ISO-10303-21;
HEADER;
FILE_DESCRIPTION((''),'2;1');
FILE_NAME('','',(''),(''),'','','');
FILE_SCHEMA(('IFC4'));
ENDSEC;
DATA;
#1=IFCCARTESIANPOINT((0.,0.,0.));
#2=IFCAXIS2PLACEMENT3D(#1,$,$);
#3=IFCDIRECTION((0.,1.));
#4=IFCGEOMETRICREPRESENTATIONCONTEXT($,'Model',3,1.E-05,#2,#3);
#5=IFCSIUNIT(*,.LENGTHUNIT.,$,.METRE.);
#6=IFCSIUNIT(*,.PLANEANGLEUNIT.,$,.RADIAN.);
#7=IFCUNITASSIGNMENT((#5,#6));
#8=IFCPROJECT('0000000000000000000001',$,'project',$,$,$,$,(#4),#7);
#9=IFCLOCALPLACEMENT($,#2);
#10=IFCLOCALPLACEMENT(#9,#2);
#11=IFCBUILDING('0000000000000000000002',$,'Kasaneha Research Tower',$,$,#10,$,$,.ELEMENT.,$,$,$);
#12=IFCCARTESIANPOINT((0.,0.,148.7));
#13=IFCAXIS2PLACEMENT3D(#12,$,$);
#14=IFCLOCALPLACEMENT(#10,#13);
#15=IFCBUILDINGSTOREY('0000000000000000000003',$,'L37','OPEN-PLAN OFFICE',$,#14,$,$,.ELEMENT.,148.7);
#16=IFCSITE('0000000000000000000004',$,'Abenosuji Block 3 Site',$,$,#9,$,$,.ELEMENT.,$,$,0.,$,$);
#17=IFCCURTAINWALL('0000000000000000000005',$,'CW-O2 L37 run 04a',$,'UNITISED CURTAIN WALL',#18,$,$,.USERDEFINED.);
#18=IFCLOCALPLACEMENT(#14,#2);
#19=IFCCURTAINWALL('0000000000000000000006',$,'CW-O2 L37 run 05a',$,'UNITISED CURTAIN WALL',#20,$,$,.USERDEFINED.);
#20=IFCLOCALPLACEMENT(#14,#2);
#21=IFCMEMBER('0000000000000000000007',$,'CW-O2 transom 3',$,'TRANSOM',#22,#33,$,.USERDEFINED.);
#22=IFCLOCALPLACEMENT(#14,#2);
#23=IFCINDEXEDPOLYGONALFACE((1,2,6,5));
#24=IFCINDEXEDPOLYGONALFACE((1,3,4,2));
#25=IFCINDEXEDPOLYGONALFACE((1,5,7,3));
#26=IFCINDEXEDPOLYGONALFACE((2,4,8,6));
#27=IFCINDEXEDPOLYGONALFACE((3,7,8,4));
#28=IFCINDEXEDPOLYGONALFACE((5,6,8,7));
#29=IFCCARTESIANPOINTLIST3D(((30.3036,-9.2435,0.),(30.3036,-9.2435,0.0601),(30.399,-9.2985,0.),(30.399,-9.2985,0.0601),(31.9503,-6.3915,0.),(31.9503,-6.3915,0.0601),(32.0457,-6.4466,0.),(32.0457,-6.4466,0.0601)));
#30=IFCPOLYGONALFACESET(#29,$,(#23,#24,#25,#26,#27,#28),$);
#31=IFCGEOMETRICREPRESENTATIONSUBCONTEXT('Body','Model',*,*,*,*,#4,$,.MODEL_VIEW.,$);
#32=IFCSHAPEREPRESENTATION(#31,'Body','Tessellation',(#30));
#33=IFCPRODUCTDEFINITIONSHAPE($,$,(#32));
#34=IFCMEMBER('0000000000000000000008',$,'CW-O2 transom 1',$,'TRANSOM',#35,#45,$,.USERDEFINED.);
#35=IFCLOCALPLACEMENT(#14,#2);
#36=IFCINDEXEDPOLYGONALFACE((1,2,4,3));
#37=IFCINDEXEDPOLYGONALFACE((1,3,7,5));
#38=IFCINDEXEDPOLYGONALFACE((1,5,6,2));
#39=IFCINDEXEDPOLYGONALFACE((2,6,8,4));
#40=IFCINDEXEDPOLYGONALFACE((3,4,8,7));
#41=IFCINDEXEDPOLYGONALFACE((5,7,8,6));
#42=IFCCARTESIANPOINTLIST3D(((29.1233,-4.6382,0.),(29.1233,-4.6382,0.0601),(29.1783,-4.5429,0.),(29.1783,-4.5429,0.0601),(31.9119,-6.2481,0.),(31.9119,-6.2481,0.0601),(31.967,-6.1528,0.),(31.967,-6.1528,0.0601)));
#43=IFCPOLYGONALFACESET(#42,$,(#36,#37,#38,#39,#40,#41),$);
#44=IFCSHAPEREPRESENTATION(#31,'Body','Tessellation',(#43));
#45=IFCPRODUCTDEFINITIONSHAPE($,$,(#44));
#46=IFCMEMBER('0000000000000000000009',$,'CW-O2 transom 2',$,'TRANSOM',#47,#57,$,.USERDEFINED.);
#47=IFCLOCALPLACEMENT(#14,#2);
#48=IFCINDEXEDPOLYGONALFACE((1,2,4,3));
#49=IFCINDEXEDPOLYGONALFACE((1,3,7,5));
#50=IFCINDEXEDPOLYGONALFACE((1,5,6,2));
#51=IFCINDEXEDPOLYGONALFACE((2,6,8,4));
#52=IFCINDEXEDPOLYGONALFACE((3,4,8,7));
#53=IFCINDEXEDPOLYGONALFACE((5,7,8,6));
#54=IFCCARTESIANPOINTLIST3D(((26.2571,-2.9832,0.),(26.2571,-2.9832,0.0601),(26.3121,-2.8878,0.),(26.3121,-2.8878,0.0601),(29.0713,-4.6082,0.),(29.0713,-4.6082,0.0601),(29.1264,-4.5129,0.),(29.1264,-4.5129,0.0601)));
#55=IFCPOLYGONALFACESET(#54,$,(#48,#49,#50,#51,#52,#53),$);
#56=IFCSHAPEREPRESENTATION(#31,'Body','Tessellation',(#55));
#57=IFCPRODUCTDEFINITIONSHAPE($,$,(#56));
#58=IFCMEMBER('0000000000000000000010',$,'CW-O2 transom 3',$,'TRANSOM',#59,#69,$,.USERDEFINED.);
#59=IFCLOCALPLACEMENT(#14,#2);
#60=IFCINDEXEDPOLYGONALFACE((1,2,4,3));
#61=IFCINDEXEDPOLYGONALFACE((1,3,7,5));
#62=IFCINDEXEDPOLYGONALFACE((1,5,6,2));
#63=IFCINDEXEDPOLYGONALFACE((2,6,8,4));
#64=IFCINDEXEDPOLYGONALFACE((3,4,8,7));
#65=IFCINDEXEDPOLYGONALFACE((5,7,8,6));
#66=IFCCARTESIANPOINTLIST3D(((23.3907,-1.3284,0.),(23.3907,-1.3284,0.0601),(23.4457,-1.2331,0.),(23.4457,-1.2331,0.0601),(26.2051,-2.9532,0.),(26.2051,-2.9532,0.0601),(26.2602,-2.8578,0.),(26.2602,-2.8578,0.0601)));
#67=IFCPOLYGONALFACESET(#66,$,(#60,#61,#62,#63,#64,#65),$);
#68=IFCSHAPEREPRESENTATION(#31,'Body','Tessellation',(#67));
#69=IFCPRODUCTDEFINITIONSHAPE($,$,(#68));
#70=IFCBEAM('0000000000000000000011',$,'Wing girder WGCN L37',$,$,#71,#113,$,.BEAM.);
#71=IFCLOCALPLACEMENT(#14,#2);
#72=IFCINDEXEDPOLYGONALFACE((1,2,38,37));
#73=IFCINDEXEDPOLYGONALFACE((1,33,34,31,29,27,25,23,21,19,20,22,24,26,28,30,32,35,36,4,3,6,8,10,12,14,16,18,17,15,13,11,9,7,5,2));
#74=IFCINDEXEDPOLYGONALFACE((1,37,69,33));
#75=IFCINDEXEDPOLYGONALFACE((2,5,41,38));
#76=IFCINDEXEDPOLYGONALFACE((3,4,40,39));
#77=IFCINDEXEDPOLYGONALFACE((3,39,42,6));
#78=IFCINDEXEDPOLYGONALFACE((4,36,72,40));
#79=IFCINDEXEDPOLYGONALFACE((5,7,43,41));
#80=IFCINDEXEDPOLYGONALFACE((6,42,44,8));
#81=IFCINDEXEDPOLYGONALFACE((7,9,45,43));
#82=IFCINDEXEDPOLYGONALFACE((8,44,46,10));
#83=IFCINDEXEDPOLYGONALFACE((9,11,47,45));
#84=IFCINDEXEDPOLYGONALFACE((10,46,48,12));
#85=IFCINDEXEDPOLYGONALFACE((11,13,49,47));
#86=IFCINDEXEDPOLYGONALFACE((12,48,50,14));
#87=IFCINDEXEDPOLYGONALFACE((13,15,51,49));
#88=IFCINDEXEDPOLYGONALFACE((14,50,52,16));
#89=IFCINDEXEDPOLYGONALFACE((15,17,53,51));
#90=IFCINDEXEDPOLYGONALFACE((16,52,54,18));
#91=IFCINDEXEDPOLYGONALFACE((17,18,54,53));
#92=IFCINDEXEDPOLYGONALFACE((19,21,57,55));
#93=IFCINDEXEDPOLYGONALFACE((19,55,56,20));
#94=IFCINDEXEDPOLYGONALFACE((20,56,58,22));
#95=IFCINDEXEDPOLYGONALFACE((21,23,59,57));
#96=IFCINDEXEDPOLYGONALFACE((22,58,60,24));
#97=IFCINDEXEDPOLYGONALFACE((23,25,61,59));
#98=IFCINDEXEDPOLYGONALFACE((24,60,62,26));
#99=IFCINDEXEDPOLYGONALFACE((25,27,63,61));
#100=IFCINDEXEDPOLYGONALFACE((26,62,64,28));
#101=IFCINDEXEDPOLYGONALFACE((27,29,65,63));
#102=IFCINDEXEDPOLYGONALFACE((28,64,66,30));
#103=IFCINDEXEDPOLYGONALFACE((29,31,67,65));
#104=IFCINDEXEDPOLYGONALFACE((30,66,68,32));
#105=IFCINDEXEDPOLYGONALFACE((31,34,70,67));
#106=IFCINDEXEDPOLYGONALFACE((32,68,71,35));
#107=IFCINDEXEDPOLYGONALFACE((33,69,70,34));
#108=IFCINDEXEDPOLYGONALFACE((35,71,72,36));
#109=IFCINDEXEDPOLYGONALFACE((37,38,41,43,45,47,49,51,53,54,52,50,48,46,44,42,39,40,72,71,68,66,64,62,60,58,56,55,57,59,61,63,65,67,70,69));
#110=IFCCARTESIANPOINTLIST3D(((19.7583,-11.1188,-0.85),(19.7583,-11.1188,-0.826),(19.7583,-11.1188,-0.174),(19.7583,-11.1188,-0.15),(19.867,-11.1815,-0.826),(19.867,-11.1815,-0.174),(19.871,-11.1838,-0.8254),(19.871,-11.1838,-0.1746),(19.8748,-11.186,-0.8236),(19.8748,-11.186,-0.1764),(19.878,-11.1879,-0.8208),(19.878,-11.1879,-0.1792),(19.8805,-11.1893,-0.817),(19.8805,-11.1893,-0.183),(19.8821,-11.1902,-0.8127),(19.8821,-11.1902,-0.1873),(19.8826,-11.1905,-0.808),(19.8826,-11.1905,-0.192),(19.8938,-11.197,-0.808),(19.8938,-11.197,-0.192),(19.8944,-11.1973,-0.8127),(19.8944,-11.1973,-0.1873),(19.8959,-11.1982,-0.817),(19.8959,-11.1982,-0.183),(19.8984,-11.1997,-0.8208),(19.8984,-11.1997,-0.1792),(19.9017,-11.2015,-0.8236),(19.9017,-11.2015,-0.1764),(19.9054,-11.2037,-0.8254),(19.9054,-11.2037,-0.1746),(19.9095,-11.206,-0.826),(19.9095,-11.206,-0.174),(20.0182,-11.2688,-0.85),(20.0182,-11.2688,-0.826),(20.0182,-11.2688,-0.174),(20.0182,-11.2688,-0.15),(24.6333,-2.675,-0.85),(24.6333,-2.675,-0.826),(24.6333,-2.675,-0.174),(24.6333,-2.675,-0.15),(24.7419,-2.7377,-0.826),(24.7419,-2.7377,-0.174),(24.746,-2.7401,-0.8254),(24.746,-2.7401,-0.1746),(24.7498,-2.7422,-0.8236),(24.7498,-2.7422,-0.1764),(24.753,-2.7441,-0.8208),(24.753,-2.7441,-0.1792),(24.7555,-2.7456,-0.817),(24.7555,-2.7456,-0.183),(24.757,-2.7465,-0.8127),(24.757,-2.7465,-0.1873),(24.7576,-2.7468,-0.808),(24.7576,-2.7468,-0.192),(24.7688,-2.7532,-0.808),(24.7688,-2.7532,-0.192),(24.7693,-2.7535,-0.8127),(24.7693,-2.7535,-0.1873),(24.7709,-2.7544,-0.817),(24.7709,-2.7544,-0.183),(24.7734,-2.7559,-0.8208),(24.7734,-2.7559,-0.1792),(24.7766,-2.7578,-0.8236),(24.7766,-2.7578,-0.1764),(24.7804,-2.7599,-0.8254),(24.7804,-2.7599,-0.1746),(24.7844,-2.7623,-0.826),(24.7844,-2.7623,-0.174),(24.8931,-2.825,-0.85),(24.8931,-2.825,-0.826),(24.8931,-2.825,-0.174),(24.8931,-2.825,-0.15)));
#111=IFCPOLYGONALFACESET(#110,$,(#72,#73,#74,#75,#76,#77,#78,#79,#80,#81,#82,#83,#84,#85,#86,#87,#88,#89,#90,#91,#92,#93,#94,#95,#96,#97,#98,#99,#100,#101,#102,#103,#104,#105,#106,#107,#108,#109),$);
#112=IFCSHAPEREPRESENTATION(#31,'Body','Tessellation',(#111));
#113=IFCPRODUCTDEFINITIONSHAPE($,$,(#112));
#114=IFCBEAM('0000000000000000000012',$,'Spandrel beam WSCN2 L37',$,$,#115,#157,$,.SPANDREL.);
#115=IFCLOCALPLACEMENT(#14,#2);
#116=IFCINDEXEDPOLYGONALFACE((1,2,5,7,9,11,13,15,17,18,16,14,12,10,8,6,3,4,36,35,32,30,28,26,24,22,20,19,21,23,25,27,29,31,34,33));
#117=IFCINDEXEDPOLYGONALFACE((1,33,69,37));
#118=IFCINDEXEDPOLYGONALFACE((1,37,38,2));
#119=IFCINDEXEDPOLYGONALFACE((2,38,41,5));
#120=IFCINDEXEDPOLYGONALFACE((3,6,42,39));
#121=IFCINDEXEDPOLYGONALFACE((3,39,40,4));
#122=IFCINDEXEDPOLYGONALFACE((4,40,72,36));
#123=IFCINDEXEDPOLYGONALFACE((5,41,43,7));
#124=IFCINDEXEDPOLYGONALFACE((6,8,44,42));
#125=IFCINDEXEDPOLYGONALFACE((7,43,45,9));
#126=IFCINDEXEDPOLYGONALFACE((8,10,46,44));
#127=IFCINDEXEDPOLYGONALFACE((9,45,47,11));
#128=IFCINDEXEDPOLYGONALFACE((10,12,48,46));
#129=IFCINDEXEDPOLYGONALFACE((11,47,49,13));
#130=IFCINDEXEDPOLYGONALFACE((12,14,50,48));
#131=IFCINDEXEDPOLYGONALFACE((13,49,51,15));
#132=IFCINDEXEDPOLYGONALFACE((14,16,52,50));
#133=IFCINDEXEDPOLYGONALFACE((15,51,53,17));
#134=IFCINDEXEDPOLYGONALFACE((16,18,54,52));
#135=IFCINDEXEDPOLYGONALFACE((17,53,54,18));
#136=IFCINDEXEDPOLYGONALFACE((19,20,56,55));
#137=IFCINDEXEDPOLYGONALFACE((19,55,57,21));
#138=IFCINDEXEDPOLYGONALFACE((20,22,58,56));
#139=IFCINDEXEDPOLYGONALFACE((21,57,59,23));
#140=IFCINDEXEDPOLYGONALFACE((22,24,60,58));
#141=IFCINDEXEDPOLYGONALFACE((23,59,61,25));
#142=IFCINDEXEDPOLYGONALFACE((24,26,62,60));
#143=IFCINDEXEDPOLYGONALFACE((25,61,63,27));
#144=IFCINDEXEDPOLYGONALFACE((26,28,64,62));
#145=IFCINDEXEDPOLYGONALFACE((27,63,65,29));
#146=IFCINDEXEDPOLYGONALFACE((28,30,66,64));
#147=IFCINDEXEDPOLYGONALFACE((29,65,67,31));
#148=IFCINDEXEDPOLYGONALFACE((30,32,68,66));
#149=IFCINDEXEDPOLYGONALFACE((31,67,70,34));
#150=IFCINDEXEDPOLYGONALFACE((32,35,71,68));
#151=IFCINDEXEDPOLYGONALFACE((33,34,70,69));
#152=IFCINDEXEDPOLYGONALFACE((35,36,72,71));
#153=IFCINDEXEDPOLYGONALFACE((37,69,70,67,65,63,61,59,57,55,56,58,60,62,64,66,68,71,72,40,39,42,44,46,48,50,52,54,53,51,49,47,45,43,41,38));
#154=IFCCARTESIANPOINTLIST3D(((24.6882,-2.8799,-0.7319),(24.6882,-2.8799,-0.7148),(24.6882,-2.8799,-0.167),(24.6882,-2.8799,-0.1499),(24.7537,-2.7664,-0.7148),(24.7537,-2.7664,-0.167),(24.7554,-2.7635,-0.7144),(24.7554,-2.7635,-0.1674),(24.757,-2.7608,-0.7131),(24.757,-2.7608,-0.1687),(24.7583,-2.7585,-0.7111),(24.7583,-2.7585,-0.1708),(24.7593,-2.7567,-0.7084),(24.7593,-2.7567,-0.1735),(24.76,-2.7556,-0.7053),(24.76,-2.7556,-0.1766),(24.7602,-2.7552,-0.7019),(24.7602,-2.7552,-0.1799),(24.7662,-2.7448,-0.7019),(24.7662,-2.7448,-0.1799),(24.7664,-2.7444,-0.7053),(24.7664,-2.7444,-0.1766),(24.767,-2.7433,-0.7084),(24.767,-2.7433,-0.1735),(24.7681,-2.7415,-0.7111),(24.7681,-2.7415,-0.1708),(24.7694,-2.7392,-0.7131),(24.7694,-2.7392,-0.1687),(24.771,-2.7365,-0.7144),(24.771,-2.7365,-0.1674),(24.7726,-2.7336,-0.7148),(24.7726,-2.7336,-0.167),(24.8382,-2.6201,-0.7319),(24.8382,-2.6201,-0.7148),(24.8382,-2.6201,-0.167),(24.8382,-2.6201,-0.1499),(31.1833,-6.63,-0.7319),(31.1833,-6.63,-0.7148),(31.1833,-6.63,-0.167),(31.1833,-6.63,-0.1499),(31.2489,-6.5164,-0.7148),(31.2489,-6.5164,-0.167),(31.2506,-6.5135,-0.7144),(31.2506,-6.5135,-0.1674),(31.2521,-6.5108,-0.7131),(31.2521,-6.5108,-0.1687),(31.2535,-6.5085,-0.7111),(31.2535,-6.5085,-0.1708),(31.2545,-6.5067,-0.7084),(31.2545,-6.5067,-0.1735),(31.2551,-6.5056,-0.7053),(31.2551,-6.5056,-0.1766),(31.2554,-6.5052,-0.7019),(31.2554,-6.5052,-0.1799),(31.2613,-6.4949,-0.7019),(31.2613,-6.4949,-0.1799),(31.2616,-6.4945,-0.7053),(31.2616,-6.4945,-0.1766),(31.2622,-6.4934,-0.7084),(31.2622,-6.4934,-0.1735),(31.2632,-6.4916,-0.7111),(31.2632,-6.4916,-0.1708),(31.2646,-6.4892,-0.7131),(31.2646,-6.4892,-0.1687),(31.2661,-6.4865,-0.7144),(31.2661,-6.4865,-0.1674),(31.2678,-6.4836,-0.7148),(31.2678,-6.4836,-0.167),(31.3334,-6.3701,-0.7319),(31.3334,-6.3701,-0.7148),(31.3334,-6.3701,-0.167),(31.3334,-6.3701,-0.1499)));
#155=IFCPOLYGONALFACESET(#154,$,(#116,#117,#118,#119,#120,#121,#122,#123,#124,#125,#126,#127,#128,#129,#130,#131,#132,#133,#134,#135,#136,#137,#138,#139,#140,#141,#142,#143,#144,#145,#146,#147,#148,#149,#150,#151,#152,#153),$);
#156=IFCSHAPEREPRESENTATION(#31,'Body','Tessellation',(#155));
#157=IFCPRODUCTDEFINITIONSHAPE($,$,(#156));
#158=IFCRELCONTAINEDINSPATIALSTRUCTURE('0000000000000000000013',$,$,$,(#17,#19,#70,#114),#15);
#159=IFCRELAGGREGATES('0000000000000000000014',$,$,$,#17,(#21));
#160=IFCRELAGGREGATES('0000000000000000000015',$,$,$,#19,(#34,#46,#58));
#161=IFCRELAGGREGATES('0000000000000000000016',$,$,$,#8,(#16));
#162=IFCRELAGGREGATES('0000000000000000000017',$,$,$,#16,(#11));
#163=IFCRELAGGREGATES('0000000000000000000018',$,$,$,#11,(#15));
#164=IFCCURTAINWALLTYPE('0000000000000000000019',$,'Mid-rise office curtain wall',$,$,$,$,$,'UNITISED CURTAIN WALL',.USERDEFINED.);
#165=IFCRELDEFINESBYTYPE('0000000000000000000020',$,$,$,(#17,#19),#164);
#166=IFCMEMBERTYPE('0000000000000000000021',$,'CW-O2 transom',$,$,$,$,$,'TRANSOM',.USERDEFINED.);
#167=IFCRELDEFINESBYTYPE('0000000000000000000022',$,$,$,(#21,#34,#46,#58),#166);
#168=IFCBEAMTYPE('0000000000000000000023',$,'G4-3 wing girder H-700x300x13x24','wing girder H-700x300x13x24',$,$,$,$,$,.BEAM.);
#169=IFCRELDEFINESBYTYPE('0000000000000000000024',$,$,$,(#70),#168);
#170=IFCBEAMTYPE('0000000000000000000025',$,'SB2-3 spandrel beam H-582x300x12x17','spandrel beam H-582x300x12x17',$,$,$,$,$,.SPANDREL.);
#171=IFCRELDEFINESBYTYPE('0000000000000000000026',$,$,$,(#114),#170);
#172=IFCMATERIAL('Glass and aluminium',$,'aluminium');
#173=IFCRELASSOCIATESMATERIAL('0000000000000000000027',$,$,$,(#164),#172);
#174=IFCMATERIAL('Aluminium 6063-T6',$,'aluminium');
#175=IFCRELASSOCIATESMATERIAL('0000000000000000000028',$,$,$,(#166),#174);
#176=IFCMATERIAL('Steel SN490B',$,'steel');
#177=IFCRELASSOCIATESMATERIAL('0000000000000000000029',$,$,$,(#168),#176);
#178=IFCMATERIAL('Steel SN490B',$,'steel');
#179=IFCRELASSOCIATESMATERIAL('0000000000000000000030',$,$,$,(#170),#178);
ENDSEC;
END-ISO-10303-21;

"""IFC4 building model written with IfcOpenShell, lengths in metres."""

from ifc_helpers import new_model, si_unit, direction, frame, origin, origin_2d, place, context, subcontext, project, spatial, rectangle, i_section, extrude, material, material_profile, profile_set, type_object, element, aggregate, save


model = new_model("IFC4")

# Units and contexts
model_context = context("Model", 3, precision=1e-05, world=origin(), true_north=direction((0.0, 1.0)))
body_context = subcontext(model_context, "Body", "Model", "MODEL_VIEW")
ifc_project = project(units=[si_unit("LENGTHUNIT", "METRE"), si_unit("PLANEANGLEUNIT", "RADIAN")], contexts=[model_context])

# Site, building, storey
site_placement = place(None, origin())
site = spatial("IfcSite", under=ifc_project, at=site_placement, Name="Abenosuji Block 3 Site", CompositionType="ELEMENT", RefElevation=0.0)
building_placement = place(site_placement, origin())
building = spatial("IfcBuilding", under=site, at=building_placement, Name="Kasaneha Research Tower", CompositionType="ELEMENT")
storey_placement = place(building_placement, frame((0.0, 0.0, 148.7)))
storey = spatial("IfcBuildingStorey", under=building, at=storey_placement, Name="L37", Description="OPEN-PLAN OFFICE", CompositionType="ELEMENT", Elevation=148.7)

# Curtain walls
ifc_material_1 = material(Name="Glass and aluminium", Category="aluminium")
curtain_wall_type = type_object("IfcCurtainWallType", Name="Mid-rise office curtain wall", ElementType="UNITISED CURTAIN WALL", PredefinedType="USERDEFINED", material=ifc_material_1)
curtain_wall_1_placement = place(storey_placement, origin())
curtain_wall_1 = element("IfcCurtainWall", 1, at=curtain_wall_1_placement, inside=storey, type_object=curtain_wall_type, Name="CW-O2 L37 run 04a", ObjectType="UNITISED CURTAIN WALL", PredefinedType="USERDEFINED")
curtain_wall_2_placement = place(storey_placement, origin())
curtain_wall_2 = element("IfcCurtainWall", 2, at=curtain_wall_2_placement, inside=storey, type_object=curtain_wall_type, Name="CW-O2 L37 run 05a", ObjectType="UNITISED CURTAIN WALL", PredefinedType="USERDEFINED")

# Members
ifc_material_2 = material(Name="Aluminium 6063-T6", Category="aluminium")
ifc_material_profile_1 = material_profile(ifc_material_2, rectangle(XDim=0.1101, YDim=0.0601, at=origin_2d()), Name="CW-O2 transom 110x60")
ifc_profile_set_1 = profile_set([ifc_material_profile_1], Name="Aluminium 6063-T6")
member_type_1 = type_object("IfcMemberType", Name="CW-O2 transom", ElementType="TRANSOM", PredefinedType="USERDEFINED", material=ifc_profile_set_1)
member_1_placement = place(storey_placement, frame((30.3513, -9.271, 0.03), z_axis=(0.500022, 0.866013, 0.0), x_axis=(-0.866013, 0.500022, 0.0)))
member_1 = element("IfcMember", 3, at=member_1_placement, type_object=member_type_1, Name="CW-O2 transom 3", ObjectType="TRANSOM", PredefinedType="USERDEFINED", context=body_context, shape_type="SweptSolid", body=[
    extrude(rectangle(XDim=0.1101, YDim=0.0601, at=origin_2d()), origin(), (0.0, 0.0, 1.0), 3.2932),
])
member_2_placement = place(storey_placement, frame((31.9395, -6.2004, 0.03), z_axis=(-0.866042, 0.499972, 0.0), x_axis=(-0.499972, -0.866042, 0.0)))
member_2 = element("IfcMember", 4, at=member_2_placement, type_object=member_type_1, Name="CW-O2 transom 1", ObjectType="TRANSOM", PredefinedType="USERDEFINED", context=body_context, shape_type="SweptSolid", body=[
    extrude(rectangle(XDim=0.1101, YDim=0.0601, at=origin_2d()), origin(), (0.0, 0.0, 1.0), 3.22),
])
member_3_placement = place(storey_placement, frame((29.0989, -4.5605, 0.03), z_axis=(-0.865997, 0.50005, 0.0), x_axis=(-0.50005, -0.865997, 0.0)))
member_3 = element("IfcMember", 5, at=member_3_placement, type_object=member_type_1, Name="CW-O2 transom 2", ObjectType="TRANSOM", PredefinedType="USERDEFINED", context=body_context, shape_type="SweptSolid", body=[
    extrude(rectangle(XDim=0.1101, YDim=0.0601, at=origin_2d()), origin(), (0.0, 0.0, 1.0), 3.2498),
])
member_4_placement = place(storey_placement, frame((26.2327, -2.9055, 0.03), z_axis=(-0.866048, 0.499961, 0.0), x_axis=(-0.499961, -0.866048, 0.0)))
member_4 = element("IfcMember", 6, at=member_4_placement, type_object=member_type_1, Name="CW-O2 transom 3", ObjectType="TRANSOM", PredefinedType="USERDEFINED", context=body_context, shape_type="SweptSolid", body=[
    extrude(rectangle(XDim=0.1101, YDim=0.0601, at=origin_2d()), origin(), (0.0, 0.0, 1.0), 3.2498),
])

# Beams
ifc_material_3 = material(Name="Steel SN490B", Category="steel")
ifc_material_profile_2 = material_profile(ifc_material_3, i_section(OverallWidth=0.3, OverallDepth=0.7, WebThickness=0.0129, FlangeThickness=0.0239, FilletRadius=0.0181, at=origin_2d()), Name="H-700x300x13x24")
ifc_profile_set_2 = profile_set([ifc_material_profile_2], Name="Steel SN490B")
beam_type_1 = type_object("IfcBeamType", Name="G4-3 wing girder H-700x300x13x24", Description="wing girder H-700x300x13x24", PredefinedType="BEAM", material=ifc_profile_set_2)
beam_1_placement = place(storey_placement, frame((24.7632, -2.75, -0.5), z_axis=(-0.499996, -0.866028, 0.0), x_axis=(0.866028, -0.499996, 0.0)))
element("IfcBeam", 7, at=beam_1_placement, inside=storey, type_object=beam_type_1, Name="Wing girder WGCN L37", PredefinedType="BEAM", context=body_context, shape_type="SweptSolid", body=[
    extrude(i_section(OverallWidth=0.3, OverallDepth=0.7, WebThickness=0.0129, FlangeThickness=0.0239, FilletRadius=0.0181, at=origin_2d()), origin(), (0.0, 0.0, 1.0), 9.75),
])
ifc_material_4 = material(Name="Steel SN490B", Category="steel")
ifc_material_profile_3 = material_profile(ifc_material_4, i_section(OverallWidth=0.3, OverallDepth=0.582, WebThickness=0.012, FlangeThickness=0.0171, FilletRadius=0.0129, at=origin_2d()), Name="H-582x300x12x17")
ifc_profile_set_3 = profile_set([ifc_material_profile_3], Name="Steel SN490B")
beam_type_2 = type_object("IfcBeamType", Name="SB2-3 spandrel beam H-582x300x12x17", Description="spandrel beam H-582x300x12x17", PredefinedType="SPANDREL", material=ifc_profile_set_3)
beam_2_placement = place(storey_placement, frame((24.7632, -2.75, -0.4409), z_axis=(0.866023, -0.500004, 0.0), x_axis=(0.500004, 0.866023, 0.0)))
element("IfcBeam", 8, at=beam_2_placement, inside=storey, type_object=beam_type_2, Name="Spandrel beam WSCN2 L37", PredefinedType="SPANDREL", context=body_context, shape_type="SweptSolid", body=[
    extrude(i_section(OverallWidth=0.3, OverallDepth=0.582, WebThickness=0.012, FlangeThickness=0.0171, FilletRadius=0.0129, at=origin_2d()), origin(), (0.0, 0.0, 1.0), 7.5),
])

aggregate(curtain_wall_1, [member_1])
aggregate(curtain_wall_2, [member_2, member_3, member_4])

save(model, "model.ifc")
